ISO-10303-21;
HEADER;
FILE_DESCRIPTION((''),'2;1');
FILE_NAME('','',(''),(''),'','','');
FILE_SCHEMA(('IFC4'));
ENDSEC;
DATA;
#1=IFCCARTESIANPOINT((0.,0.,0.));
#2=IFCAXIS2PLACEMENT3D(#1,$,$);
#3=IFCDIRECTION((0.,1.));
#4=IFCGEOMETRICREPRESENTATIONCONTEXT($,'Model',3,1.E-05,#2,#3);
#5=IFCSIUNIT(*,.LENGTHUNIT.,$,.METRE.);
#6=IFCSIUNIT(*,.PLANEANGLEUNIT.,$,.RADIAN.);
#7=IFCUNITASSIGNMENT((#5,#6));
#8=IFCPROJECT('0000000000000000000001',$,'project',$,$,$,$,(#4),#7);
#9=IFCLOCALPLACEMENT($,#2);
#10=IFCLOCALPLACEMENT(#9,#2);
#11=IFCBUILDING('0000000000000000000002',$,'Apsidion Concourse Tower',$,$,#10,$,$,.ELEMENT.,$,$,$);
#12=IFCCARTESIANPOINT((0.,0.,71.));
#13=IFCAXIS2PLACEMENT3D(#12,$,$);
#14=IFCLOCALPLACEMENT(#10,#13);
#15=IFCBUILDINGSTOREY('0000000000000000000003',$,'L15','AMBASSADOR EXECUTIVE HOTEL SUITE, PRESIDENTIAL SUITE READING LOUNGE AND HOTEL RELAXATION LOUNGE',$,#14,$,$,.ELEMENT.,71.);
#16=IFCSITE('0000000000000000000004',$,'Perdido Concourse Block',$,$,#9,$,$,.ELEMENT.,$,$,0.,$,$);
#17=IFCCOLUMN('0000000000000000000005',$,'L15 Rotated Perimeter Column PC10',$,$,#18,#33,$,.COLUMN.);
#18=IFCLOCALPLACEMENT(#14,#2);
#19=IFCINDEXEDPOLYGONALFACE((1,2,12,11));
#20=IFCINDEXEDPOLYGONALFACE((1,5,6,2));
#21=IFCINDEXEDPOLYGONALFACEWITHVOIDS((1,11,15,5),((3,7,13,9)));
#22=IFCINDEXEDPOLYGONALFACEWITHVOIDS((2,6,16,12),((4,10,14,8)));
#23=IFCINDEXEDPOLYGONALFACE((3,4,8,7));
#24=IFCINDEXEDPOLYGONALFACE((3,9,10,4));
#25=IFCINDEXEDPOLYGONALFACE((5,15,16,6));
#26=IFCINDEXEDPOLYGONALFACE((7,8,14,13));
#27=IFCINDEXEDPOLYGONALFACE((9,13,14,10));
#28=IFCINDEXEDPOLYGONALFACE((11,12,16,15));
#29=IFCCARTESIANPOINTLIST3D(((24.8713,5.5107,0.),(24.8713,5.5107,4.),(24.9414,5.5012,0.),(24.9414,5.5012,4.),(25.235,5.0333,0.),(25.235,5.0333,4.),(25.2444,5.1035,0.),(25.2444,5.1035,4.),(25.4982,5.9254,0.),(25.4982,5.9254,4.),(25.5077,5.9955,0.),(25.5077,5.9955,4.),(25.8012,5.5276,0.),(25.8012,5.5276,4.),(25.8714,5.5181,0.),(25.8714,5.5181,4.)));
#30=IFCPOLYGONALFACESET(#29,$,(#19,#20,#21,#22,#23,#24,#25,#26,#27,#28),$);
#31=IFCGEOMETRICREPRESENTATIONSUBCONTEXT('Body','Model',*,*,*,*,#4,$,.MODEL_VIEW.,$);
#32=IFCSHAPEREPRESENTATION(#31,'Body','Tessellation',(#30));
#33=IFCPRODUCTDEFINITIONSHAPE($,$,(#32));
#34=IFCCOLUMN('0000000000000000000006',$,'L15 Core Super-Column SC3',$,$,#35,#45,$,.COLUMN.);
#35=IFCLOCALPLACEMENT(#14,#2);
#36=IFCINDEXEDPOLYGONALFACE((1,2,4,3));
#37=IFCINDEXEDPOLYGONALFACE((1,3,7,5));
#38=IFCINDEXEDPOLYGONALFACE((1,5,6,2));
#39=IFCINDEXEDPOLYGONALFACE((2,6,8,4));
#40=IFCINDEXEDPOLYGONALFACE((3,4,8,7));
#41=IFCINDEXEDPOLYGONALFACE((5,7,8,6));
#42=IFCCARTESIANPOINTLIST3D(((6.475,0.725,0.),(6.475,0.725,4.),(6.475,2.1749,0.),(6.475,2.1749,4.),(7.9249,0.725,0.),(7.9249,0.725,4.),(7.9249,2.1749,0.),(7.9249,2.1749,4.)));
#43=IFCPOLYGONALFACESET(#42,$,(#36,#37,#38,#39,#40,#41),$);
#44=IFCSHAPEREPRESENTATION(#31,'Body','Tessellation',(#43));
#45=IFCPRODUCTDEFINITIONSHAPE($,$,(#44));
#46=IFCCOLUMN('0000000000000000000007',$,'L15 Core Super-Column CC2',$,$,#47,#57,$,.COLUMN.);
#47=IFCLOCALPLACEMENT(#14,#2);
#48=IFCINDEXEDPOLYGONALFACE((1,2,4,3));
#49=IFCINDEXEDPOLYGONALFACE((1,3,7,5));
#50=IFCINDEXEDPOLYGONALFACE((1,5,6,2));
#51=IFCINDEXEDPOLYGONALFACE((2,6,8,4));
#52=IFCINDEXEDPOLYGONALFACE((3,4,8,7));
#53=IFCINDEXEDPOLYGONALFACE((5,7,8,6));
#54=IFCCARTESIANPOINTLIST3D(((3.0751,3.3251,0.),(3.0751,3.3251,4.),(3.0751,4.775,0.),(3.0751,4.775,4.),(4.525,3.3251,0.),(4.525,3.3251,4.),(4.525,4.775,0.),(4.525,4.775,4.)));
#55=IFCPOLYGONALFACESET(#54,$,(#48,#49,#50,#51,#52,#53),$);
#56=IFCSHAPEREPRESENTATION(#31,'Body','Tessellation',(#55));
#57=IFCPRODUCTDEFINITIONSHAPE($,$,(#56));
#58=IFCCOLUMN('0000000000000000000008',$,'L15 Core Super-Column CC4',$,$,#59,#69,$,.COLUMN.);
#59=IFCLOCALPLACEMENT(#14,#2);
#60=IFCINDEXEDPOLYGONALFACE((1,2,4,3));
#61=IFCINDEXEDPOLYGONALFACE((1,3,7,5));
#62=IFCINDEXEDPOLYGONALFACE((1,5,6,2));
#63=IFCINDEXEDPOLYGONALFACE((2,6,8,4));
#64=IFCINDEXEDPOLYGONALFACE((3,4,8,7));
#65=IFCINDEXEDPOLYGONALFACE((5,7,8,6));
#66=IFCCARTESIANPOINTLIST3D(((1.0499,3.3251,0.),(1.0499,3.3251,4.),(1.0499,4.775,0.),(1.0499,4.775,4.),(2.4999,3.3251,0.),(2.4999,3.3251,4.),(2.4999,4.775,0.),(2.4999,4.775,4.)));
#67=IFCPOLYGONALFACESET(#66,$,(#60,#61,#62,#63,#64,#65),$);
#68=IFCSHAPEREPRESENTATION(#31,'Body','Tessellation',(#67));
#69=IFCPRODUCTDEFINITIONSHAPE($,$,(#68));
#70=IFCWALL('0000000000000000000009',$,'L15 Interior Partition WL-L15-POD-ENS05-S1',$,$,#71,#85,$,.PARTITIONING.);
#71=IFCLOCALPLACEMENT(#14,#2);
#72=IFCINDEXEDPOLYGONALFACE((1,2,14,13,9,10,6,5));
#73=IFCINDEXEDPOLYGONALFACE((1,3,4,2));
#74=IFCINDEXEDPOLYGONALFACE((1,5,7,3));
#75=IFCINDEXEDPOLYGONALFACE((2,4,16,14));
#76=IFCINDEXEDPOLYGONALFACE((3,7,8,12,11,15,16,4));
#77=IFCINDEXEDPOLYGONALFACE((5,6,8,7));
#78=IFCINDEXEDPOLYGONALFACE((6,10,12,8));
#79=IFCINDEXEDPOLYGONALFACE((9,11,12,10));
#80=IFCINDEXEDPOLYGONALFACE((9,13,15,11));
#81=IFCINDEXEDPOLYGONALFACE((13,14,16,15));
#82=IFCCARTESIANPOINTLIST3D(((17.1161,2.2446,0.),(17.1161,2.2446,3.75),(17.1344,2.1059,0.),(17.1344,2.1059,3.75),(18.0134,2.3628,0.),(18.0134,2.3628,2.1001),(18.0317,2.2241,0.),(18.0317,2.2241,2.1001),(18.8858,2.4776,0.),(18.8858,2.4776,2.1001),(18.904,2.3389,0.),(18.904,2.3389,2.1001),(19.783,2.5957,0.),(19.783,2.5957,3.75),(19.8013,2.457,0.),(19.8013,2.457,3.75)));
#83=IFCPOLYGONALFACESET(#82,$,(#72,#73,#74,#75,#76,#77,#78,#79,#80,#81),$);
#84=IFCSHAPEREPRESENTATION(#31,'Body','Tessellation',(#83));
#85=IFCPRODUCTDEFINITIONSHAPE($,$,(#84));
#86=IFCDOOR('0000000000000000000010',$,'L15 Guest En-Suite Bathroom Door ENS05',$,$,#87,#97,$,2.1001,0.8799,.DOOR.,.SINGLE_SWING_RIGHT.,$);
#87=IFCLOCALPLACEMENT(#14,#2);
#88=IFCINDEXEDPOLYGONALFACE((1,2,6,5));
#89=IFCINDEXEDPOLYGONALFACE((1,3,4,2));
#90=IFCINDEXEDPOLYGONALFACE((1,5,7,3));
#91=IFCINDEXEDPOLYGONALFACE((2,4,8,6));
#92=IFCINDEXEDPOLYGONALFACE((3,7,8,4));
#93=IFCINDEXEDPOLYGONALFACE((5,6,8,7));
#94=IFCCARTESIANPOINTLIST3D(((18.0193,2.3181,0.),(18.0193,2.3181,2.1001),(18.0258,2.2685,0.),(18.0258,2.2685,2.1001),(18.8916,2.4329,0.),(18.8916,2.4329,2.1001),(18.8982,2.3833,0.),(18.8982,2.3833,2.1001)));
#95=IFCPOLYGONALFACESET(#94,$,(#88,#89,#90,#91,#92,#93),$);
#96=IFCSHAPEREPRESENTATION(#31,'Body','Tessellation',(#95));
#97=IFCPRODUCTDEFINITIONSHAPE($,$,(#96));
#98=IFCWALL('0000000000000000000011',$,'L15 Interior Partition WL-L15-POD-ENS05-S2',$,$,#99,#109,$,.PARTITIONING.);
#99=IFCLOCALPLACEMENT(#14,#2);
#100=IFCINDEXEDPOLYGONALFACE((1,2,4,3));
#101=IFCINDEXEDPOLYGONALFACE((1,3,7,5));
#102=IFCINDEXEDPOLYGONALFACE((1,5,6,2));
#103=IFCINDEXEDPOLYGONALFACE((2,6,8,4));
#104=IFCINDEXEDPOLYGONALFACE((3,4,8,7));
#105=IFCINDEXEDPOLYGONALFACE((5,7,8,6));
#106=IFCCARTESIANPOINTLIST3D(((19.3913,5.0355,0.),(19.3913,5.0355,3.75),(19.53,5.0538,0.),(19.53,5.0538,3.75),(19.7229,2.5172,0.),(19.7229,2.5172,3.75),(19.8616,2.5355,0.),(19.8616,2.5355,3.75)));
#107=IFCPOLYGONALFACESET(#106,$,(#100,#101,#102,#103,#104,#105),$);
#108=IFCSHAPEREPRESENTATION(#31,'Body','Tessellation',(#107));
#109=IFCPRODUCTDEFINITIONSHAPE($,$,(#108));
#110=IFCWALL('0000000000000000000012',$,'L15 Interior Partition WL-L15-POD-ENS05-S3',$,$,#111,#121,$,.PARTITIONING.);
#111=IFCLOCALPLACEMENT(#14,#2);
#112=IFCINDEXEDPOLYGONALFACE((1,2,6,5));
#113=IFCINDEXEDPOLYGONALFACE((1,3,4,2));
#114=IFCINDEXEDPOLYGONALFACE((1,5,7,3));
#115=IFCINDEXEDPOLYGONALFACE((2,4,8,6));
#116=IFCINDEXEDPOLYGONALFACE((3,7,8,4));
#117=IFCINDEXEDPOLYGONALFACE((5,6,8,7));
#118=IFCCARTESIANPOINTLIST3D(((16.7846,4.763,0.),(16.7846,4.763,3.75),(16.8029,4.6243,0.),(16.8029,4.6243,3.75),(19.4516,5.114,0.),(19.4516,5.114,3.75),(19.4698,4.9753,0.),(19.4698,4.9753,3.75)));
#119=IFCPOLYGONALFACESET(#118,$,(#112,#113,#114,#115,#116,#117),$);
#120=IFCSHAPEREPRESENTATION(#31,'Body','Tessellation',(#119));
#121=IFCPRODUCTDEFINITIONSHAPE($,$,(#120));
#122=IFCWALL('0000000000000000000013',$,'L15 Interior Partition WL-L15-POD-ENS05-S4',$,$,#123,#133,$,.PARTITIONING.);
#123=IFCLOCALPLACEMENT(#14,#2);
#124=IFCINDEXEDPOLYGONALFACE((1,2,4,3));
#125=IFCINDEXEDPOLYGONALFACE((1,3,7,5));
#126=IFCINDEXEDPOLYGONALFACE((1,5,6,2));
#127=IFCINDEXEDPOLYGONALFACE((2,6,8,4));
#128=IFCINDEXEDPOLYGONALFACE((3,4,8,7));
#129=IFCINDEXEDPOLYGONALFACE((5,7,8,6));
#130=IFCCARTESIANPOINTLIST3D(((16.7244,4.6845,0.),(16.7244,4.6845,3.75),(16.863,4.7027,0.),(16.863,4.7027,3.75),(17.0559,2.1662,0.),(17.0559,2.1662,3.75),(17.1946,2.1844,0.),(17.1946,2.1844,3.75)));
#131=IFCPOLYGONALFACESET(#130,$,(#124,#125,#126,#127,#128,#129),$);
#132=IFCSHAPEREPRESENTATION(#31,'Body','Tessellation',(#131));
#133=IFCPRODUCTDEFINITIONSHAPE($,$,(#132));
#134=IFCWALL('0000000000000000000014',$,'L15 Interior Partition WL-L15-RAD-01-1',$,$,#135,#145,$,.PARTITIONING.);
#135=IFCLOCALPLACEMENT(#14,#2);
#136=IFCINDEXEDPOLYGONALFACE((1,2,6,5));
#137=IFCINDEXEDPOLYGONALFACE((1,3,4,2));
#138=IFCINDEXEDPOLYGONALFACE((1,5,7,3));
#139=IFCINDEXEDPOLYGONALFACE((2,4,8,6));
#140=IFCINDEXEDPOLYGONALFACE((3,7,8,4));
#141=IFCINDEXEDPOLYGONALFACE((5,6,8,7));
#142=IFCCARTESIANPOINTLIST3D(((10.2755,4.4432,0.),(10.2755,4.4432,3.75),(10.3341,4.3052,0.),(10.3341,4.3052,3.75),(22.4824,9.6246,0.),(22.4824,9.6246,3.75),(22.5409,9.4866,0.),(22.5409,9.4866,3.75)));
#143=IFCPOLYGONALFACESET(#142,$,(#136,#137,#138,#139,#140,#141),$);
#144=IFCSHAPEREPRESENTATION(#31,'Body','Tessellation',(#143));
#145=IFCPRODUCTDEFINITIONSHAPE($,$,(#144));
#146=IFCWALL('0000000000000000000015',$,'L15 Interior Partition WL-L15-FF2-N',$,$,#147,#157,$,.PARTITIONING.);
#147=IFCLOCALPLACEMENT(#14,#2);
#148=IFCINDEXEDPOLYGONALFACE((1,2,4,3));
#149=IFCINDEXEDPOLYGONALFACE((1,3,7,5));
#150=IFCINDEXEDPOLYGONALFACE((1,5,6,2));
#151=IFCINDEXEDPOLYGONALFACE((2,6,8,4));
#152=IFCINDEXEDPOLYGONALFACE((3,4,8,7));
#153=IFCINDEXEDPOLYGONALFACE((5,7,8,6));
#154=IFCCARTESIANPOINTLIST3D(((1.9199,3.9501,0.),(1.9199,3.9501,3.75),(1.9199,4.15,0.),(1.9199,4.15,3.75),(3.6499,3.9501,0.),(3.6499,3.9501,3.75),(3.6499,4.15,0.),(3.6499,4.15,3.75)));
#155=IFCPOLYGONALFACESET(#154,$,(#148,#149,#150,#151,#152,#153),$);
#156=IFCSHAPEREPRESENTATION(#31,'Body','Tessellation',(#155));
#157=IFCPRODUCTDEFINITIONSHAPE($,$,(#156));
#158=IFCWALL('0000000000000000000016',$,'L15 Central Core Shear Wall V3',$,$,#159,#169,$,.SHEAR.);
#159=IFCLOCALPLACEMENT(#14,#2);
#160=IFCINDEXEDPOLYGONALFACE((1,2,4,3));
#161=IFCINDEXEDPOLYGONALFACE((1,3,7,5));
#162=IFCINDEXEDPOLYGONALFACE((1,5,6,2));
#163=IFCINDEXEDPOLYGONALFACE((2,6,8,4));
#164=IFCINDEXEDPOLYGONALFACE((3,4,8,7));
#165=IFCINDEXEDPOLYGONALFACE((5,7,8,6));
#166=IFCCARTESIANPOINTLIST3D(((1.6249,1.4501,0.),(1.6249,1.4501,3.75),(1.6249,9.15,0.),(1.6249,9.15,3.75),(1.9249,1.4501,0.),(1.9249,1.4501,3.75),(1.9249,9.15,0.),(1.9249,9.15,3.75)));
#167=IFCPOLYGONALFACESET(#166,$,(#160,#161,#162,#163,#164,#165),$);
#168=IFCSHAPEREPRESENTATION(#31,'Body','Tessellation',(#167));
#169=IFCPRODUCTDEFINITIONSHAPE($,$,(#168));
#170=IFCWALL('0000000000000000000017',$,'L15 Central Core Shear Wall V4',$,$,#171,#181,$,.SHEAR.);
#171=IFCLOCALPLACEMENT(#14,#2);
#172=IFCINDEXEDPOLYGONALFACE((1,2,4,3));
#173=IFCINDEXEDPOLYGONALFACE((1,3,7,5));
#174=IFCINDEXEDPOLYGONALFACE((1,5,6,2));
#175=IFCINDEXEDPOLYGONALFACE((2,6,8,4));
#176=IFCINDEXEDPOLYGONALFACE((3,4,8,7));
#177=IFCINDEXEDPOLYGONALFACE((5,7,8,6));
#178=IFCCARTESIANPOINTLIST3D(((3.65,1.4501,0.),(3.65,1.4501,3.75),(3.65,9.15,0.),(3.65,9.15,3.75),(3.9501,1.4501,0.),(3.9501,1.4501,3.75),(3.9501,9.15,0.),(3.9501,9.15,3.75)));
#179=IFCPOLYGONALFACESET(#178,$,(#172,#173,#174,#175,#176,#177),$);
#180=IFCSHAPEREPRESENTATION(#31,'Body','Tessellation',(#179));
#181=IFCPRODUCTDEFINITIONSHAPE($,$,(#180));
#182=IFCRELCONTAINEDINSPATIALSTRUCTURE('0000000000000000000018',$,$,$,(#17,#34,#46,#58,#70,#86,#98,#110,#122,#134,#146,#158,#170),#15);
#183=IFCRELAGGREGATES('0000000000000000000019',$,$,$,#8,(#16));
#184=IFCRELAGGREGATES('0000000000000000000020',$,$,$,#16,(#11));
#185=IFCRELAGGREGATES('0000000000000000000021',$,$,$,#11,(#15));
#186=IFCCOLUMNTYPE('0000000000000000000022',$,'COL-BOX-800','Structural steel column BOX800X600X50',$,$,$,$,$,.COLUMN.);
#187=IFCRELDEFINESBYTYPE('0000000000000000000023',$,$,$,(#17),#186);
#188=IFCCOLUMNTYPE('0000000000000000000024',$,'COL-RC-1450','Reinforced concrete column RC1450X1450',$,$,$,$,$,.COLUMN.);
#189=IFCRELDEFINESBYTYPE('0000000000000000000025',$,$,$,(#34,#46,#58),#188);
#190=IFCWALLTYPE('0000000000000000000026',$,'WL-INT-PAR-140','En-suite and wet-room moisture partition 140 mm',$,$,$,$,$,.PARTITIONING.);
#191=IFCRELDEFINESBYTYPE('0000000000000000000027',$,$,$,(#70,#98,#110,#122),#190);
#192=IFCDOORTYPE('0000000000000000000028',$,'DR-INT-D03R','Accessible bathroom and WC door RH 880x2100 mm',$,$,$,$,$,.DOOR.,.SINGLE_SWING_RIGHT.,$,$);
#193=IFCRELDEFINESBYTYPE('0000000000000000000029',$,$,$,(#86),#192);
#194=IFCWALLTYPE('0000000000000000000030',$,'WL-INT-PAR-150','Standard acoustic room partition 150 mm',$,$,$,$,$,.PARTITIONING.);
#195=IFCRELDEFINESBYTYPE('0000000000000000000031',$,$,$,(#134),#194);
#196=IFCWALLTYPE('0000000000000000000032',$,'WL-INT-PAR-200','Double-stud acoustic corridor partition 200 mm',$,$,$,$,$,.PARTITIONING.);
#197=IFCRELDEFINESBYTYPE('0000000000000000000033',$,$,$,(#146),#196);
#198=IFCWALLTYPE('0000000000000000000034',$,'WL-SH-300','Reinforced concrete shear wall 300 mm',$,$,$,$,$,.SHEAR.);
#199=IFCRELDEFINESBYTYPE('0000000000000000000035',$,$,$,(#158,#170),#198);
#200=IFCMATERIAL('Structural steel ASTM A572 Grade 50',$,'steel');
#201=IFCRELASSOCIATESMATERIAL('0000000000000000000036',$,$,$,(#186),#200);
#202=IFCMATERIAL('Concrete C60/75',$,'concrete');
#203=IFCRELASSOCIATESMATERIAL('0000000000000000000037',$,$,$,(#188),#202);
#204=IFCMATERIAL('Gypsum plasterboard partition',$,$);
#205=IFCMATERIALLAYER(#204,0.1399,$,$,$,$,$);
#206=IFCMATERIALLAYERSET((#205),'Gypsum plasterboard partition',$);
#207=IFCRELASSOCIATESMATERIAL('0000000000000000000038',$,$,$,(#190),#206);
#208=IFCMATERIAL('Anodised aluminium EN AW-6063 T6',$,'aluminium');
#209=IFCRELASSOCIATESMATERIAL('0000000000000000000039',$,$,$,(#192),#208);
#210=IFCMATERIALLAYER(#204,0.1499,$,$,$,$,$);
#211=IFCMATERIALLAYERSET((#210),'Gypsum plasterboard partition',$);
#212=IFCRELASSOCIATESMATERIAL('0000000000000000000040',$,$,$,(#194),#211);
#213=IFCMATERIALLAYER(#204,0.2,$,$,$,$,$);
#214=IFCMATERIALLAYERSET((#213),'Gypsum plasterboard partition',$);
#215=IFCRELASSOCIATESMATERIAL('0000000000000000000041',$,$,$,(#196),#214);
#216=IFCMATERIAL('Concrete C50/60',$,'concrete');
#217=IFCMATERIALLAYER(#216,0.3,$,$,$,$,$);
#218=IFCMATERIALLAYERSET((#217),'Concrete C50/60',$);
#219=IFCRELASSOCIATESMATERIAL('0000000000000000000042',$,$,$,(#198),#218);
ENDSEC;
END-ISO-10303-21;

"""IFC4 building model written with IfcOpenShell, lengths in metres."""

from ifc_helpers import new_model, si_unit, direction, frame, frame_2d, origin, origin_2d, place, context, subcontext, project, spatial, rectangle, hollow_rectangle, extrude, material, layer, layer_set, material_profile, profile_set, type_object, element, fill, save


model = new_model("IFC4")

# Units and contexts
model_context = context("Model", 3, precision=1e-05, world=origin(), true_north=direction((0.0, 1.0)))
body_context = subcontext(model_context, "Body", "Model", "MODEL_VIEW")
ifc_project = project(units=[si_unit("LENGTHUNIT", "METRE"), si_unit("PLANEANGLEUNIT", "RADIAN")], contexts=[model_context])

# Site, building, storey
site_placement = place(None, origin())
site = spatial("IfcSite", under=ifc_project, at=site_placement, Name="Perdido Concourse Block", CompositionType="ELEMENT", RefElevation=0.0)
building_placement = place(site_placement, origin())
building = spatial("IfcBuilding", under=site, at=building_placement, Name="Apsidion Concourse Tower", CompositionType="ELEMENT")
storey_placement = place(building_placement, frame((0.0, 0.0, 71.0)))
storey = spatial("IfcBuildingStorey", under=building, at=storey_placement, Name="L15", Description="AMBASSADOR EXECUTIVE HOTEL SUITE, PRESIDENTIAL SUITE READING LOUNGE AND HOTEL RELAXATION LOUNGE", CompositionType="ELEMENT", Elevation=71.0)

# Columns
ifc_material_1 = material(Name="Structural steel ASTM A572 Grade 50", Category="steel")
ifc_material_profile_1 = material_profile(ifc_material_1, hollow_rectangle(XDim=0.6001, YDim=0.8, WallThickness=0.05, at=origin_2d()), Name="BOX800X600X50")
ifc_profile_set_1 = profile_set([ifc_material_profile_1], Name="Structural steel ASTM A572 Grade 50")
column_type_1 = type_object("IfcColumnType", Name="COL-BOX-800", Description="Structural steel column BOX800X600X50", PredefinedType="COLUMN", material=ifc_profile_set_1)
column_placement = place(storey_placement, frame((25.3713, 5.5144, 0.0), z_axis=(0.0, 0.0, 1.0), x_axis=(-0.605988, 0.795473, 0.0)))
element("IfcColumn", 1, at=column_placement, inside=storey, type_object=column_type_1, Name="L15 Rotated Perimeter Column PC10", PredefinedType="COLUMN", context=body_context, shape_type="SweptSolid", body=[
    extrude(hollow_rectangle(XDim=0.6001, YDim=0.8, WallThickness=0.05, at=origin_2d()), origin(), (0.0, 0.0, 1.0), 4.0),
])
ifc_material_2 = material(Name="Concrete C60/75", Category="concrete")
ifc_material_profile_2 = material_profile(ifc_material_2, rectangle(XDim=1.45, YDim=1.45, at=origin_2d()), Name="RC 1450x1450")
ifc_profile_set_2 = profile_set([ifc_material_profile_2], Name="Concrete C60/75")
column_type_2 = type_object("IfcColumnType", Name="COL-RC-1450", Description="Reinforced concrete column RC1450X1450", PredefinedType="COLUMN", material=ifc_profile_set_2)
for number, where, z_axis, x_axis, name in (
    (2, (7.2, 1.45, 0.0), (0.0, 0.0, 1.0), (1.0, 0.0, 0.0), "L15 Core Super-Column SC3"),
    (3, (3.8, 4.05, 0.0), (0.0, 0.0, 1.0), (1.0, 0.0, 0.0), "L15 Core Super-Column CC2"),
    (4, (1.7749, 4.05, 0.0), (0.0, 0.0, 1.0), (1.0, 0.0, 0.0), "L15 Core Super-Column CC4"),
):
    element("IfcColumn", number, at=place(storey_placement, frame(where, z_axis=z_axis, x_axis=x_axis)), inside=storey, type_object=column_type_2, Name=name, PredefinedType="COLUMN", context=body_context, shape_type="SweptSolid", body=[
        extrude(rectangle(XDim=1.45, YDim=1.45, at=origin_2d()), origin(), (0.0, 0.0, 1.0), 4.0),
    ])

# Wall, opening, door
ifc_material_3 = material(Name="Gypsum plasterboard partition")
ifc_layer_1 = layer(ifc_material_3, 0.1399)
ifc_layer_set_1 = layer_set([ifc_layer_1], Name="Gypsum plasterboard partition")
wall_type_1 = type_object("IfcWallType", Name="WL-INT-PAR-140", Description="En-suite and wet-room moisture partition 140 mm", PredefinedType="PARTITIONING", material=ifc_layer_set_1)
wall_1_placement = place(storey_placement, frame((17.1252, 2.1753, 0.0), z_axis=(0.0, 0.0, 1.0), x_axis=(0.991447, 0.130511, 0.0)))
wall_1 = element("IfcWall", 5, at=wall_1_placement, inside=storey, type_object=wall_type_1, Name="L15 Interior Partition WL-L15-POD-ENS05-S1", PredefinedType="PARTITIONING", context=body_context, shape_type="SweptSolid", body=[
    extrude(rectangle(XDim=2.6899, YDim=0.1399, at=frame_2d((1.345, 0.0))), origin(), (0.0, 0.0, 1.0), 3.75),
])
opening_placement = place(wall_1_placement, frame((0.905, 0.0, 0.0)))
opening = element("IfcOpeningElement", 6, at=opening_placement, cuts=wall_1, PredefinedType="OPENING", context=body_context, shape_type="SweptSolid", body=[
    extrude(rectangle(XDim=0.8799, YDim=2.1001, at=frame_2d((0.4399, 1.05))), frame((0.0, 0.0801, 0.0), z_axis=(0.0, -1.0, 0.0), x_axis=(1.0, 0.0, 0.0)), (0.0, 0.0, 1.0), 0.1599),
])
ifc_material_4 = material(Name="Anodised aluminium EN AW-6063 T6", Category="aluminium")
door_type = type_object("IfcDoorType", Name="DR-INT-D03R", Description="Accessible bathroom and WC door RH 880x2100 mm", OperationType="SINGLE_SWING_RIGHT", PredefinedType="DOOR", material=ifc_material_4)
door_placement = place(opening_placement, origin())
door = element("IfcDoor", 7, at=door_placement, inside=storey, type_object=door_type, Name="L15 Guest En-Suite Bathroom Door ENS05", OperationType="SINGLE_SWING_RIGHT", OverallHeight=2.1001, OverallWidth=0.8799, PredefinedType="DOOR", context=body_context, shape_type="SweptSolid", body=[
    extrude(rectangle(XDim=0.8799, YDim=2.1001, at=frame_2d((0.4399, 1.05))), frame((0.0, 0.0249, 0.0), z_axis=(0.0, -1.0, 0.0), x_axis=(1.0, 0.0, 0.0)), (0.0, 0.0, 1.0), 0.05),
])
fill(opening, door)

# Walls
wall_2_placement = place(storey_placement, frame((19.7922, 2.5264, 0.0), z_axis=(0.0, 0.0, 1.0), x_axis=(-0.130527, 0.991445, 0.0)))
element("IfcWall", 8, at=wall_2_placement, inside=storey, type_object=wall_type_1, Name="L15 Interior Partition WL-L15-POD-ENS05-S2", PredefinedType="PARTITIONING", context=body_context, shape_type="SweptSolid", body=[
    extrude(rectangle(XDim=2.54, YDim=0.1399, at=frame_2d((1.27, 0.0))), origin(), (0.0, 0.0, 1.0), 3.75),
])
wall_3_placement = place(storey_placement, frame((19.4607, 5.0447, 0.0), z_axis=(0.0, 0.0, 1.0), x_axis=(-0.991447, -0.130511, 0.0)))
element("IfcWall", 9, at=wall_3_placement, inside=storey, type_object=wall_type_1, Name="L15 Interior Partition WL-L15-POD-ENS05-S3", PredefinedType="PARTITIONING", context=body_context, shape_type="SweptSolid", body=[
    extrude(rectangle(XDim=2.6899, YDim=0.1399, at=frame_2d((1.345, 0.0))), origin(), (0.0, 0.0, 1.0), 3.75),
])
wall_4_placement = place(storey_placement, frame((16.7937, 4.6936, 0.0), z_axis=(0.0, 0.0, 1.0), x_axis=(0.130527, -0.991445, 0.0)))
element("IfcWall", 10, at=wall_4_placement, inside=storey, type_object=wall_type_1, Name="L15 Interior Partition WL-L15-POD-ENS05-S4", PredefinedType="PARTITIONING", context=body_context, shape_type="SweptSolid", body=[
    extrude(rectangle(XDim=2.54, YDim=0.1399, at=frame_2d((1.27, 0.0))), origin(), (0.0, 0.0, 1.0), 3.75),
])
ifc_layer_2 = layer(ifc_material_3, 0.1499)
ifc_layer_set_2 = layer_set([ifc_layer_2], Name="Gypsum plasterboard partition")
wall_type_2 = type_object("IfcWallType", Name="WL-INT-PAR-150", Description="Standard acoustic room partition 150 mm", PredefinedType="PARTITIONING", material=ifc_layer_set_2)
wall_5_placement = place(storey_placement, frame((10.3049, 4.3743, 0.0), z_axis=(0.0, 0.0, 1.0), x_axis=(0.920507, 0.390726, 0.0)))
element("IfcWall", 11, at=wall_5_placement, inside=storey, type_object=wall_type_2, Name="L15 Interior Partition WL-L15-RAD-01-1", PredefinedType="PARTITIONING", context=body_context, shape_type="SweptSolid", body=[
    extrude(rectangle(XDim=13.261, YDim=0.1499, at=frame_2d((6.6304, 0.0))), origin(), (0.0, 0.0, 1.0), 3.75),
])
ifc_layer_3 = layer(ifc_material_3, 0.2)
ifc_layer_set_3 = layer_set([ifc_layer_3], Name="Gypsum plasterboard partition")
wall_type_3 = type_object("IfcWallType", Name="WL-INT-PAR-200", Description="Double-stud acoustic corridor partition 200 mm", PredefinedType="PARTITIONING", material=ifc_layer_set_3)
wall_6_placement = place(storey_placement, frame((1.9199, 4.05, 0.0), z_axis=(0.0, 0.0, 1.0), x_axis=(1.0, 0.0, 0.0)))
element("IfcWall", 12, at=wall_6_placement, inside=storey, type_object=wall_type_3, Name="L15 Interior Partition WL-L15-FF2-N", PredefinedType="PARTITIONING", context=body_context, shape_type="SweptSolid", body=[
    extrude(rectangle(XDim=1.73, YDim=0.2, at=frame_2d((0.865, 0.0))), origin(), (0.0, 0.0, 1.0), 3.75),
])
ifc_material_5 = material(Name="Concrete C50/60", Category="concrete")
ifc_layer_4 = layer(ifc_material_5, 0.3)
ifc_layer_set_4 = layer_set([ifc_layer_4], Name="Concrete C50/60")
wall_type_4 = type_object("IfcWallType", Name="WL-SH-300", Description="Reinforced concrete shear wall 300 mm", PredefinedType="SHEAR", material=ifc_layer_set_4)
for number, where, z_axis, x_axis, name in (
    (13, (1.7749, 1.45, 0.0), (0.0, 0.0, 1.0), (0.0, 1.0, 0.0), "L15 Central Core Shear Wall V3"),
    (14, (3.8, 1.45, 0.0), (0.0, 0.0, 1.0), (0.0, 1.0, 0.0), "L15 Central Core Shear Wall V4"),
):
    element("IfcWall", number, at=place(storey_placement, frame(where, z_axis=z_axis, x_axis=x_axis)), inside=storey, type_object=wall_type_4, Name=name, PredefinedType="SHEAR", context=body_context, shape_type="SweptSolid", body=[
        extrude(rectangle(XDim=7.7, YDim=0.3, at=frame_2d((3.8501, 0.0))), origin(), (0.0, 0.0, 1.0), 3.75),
    ])

save(model, "model.ifc")
